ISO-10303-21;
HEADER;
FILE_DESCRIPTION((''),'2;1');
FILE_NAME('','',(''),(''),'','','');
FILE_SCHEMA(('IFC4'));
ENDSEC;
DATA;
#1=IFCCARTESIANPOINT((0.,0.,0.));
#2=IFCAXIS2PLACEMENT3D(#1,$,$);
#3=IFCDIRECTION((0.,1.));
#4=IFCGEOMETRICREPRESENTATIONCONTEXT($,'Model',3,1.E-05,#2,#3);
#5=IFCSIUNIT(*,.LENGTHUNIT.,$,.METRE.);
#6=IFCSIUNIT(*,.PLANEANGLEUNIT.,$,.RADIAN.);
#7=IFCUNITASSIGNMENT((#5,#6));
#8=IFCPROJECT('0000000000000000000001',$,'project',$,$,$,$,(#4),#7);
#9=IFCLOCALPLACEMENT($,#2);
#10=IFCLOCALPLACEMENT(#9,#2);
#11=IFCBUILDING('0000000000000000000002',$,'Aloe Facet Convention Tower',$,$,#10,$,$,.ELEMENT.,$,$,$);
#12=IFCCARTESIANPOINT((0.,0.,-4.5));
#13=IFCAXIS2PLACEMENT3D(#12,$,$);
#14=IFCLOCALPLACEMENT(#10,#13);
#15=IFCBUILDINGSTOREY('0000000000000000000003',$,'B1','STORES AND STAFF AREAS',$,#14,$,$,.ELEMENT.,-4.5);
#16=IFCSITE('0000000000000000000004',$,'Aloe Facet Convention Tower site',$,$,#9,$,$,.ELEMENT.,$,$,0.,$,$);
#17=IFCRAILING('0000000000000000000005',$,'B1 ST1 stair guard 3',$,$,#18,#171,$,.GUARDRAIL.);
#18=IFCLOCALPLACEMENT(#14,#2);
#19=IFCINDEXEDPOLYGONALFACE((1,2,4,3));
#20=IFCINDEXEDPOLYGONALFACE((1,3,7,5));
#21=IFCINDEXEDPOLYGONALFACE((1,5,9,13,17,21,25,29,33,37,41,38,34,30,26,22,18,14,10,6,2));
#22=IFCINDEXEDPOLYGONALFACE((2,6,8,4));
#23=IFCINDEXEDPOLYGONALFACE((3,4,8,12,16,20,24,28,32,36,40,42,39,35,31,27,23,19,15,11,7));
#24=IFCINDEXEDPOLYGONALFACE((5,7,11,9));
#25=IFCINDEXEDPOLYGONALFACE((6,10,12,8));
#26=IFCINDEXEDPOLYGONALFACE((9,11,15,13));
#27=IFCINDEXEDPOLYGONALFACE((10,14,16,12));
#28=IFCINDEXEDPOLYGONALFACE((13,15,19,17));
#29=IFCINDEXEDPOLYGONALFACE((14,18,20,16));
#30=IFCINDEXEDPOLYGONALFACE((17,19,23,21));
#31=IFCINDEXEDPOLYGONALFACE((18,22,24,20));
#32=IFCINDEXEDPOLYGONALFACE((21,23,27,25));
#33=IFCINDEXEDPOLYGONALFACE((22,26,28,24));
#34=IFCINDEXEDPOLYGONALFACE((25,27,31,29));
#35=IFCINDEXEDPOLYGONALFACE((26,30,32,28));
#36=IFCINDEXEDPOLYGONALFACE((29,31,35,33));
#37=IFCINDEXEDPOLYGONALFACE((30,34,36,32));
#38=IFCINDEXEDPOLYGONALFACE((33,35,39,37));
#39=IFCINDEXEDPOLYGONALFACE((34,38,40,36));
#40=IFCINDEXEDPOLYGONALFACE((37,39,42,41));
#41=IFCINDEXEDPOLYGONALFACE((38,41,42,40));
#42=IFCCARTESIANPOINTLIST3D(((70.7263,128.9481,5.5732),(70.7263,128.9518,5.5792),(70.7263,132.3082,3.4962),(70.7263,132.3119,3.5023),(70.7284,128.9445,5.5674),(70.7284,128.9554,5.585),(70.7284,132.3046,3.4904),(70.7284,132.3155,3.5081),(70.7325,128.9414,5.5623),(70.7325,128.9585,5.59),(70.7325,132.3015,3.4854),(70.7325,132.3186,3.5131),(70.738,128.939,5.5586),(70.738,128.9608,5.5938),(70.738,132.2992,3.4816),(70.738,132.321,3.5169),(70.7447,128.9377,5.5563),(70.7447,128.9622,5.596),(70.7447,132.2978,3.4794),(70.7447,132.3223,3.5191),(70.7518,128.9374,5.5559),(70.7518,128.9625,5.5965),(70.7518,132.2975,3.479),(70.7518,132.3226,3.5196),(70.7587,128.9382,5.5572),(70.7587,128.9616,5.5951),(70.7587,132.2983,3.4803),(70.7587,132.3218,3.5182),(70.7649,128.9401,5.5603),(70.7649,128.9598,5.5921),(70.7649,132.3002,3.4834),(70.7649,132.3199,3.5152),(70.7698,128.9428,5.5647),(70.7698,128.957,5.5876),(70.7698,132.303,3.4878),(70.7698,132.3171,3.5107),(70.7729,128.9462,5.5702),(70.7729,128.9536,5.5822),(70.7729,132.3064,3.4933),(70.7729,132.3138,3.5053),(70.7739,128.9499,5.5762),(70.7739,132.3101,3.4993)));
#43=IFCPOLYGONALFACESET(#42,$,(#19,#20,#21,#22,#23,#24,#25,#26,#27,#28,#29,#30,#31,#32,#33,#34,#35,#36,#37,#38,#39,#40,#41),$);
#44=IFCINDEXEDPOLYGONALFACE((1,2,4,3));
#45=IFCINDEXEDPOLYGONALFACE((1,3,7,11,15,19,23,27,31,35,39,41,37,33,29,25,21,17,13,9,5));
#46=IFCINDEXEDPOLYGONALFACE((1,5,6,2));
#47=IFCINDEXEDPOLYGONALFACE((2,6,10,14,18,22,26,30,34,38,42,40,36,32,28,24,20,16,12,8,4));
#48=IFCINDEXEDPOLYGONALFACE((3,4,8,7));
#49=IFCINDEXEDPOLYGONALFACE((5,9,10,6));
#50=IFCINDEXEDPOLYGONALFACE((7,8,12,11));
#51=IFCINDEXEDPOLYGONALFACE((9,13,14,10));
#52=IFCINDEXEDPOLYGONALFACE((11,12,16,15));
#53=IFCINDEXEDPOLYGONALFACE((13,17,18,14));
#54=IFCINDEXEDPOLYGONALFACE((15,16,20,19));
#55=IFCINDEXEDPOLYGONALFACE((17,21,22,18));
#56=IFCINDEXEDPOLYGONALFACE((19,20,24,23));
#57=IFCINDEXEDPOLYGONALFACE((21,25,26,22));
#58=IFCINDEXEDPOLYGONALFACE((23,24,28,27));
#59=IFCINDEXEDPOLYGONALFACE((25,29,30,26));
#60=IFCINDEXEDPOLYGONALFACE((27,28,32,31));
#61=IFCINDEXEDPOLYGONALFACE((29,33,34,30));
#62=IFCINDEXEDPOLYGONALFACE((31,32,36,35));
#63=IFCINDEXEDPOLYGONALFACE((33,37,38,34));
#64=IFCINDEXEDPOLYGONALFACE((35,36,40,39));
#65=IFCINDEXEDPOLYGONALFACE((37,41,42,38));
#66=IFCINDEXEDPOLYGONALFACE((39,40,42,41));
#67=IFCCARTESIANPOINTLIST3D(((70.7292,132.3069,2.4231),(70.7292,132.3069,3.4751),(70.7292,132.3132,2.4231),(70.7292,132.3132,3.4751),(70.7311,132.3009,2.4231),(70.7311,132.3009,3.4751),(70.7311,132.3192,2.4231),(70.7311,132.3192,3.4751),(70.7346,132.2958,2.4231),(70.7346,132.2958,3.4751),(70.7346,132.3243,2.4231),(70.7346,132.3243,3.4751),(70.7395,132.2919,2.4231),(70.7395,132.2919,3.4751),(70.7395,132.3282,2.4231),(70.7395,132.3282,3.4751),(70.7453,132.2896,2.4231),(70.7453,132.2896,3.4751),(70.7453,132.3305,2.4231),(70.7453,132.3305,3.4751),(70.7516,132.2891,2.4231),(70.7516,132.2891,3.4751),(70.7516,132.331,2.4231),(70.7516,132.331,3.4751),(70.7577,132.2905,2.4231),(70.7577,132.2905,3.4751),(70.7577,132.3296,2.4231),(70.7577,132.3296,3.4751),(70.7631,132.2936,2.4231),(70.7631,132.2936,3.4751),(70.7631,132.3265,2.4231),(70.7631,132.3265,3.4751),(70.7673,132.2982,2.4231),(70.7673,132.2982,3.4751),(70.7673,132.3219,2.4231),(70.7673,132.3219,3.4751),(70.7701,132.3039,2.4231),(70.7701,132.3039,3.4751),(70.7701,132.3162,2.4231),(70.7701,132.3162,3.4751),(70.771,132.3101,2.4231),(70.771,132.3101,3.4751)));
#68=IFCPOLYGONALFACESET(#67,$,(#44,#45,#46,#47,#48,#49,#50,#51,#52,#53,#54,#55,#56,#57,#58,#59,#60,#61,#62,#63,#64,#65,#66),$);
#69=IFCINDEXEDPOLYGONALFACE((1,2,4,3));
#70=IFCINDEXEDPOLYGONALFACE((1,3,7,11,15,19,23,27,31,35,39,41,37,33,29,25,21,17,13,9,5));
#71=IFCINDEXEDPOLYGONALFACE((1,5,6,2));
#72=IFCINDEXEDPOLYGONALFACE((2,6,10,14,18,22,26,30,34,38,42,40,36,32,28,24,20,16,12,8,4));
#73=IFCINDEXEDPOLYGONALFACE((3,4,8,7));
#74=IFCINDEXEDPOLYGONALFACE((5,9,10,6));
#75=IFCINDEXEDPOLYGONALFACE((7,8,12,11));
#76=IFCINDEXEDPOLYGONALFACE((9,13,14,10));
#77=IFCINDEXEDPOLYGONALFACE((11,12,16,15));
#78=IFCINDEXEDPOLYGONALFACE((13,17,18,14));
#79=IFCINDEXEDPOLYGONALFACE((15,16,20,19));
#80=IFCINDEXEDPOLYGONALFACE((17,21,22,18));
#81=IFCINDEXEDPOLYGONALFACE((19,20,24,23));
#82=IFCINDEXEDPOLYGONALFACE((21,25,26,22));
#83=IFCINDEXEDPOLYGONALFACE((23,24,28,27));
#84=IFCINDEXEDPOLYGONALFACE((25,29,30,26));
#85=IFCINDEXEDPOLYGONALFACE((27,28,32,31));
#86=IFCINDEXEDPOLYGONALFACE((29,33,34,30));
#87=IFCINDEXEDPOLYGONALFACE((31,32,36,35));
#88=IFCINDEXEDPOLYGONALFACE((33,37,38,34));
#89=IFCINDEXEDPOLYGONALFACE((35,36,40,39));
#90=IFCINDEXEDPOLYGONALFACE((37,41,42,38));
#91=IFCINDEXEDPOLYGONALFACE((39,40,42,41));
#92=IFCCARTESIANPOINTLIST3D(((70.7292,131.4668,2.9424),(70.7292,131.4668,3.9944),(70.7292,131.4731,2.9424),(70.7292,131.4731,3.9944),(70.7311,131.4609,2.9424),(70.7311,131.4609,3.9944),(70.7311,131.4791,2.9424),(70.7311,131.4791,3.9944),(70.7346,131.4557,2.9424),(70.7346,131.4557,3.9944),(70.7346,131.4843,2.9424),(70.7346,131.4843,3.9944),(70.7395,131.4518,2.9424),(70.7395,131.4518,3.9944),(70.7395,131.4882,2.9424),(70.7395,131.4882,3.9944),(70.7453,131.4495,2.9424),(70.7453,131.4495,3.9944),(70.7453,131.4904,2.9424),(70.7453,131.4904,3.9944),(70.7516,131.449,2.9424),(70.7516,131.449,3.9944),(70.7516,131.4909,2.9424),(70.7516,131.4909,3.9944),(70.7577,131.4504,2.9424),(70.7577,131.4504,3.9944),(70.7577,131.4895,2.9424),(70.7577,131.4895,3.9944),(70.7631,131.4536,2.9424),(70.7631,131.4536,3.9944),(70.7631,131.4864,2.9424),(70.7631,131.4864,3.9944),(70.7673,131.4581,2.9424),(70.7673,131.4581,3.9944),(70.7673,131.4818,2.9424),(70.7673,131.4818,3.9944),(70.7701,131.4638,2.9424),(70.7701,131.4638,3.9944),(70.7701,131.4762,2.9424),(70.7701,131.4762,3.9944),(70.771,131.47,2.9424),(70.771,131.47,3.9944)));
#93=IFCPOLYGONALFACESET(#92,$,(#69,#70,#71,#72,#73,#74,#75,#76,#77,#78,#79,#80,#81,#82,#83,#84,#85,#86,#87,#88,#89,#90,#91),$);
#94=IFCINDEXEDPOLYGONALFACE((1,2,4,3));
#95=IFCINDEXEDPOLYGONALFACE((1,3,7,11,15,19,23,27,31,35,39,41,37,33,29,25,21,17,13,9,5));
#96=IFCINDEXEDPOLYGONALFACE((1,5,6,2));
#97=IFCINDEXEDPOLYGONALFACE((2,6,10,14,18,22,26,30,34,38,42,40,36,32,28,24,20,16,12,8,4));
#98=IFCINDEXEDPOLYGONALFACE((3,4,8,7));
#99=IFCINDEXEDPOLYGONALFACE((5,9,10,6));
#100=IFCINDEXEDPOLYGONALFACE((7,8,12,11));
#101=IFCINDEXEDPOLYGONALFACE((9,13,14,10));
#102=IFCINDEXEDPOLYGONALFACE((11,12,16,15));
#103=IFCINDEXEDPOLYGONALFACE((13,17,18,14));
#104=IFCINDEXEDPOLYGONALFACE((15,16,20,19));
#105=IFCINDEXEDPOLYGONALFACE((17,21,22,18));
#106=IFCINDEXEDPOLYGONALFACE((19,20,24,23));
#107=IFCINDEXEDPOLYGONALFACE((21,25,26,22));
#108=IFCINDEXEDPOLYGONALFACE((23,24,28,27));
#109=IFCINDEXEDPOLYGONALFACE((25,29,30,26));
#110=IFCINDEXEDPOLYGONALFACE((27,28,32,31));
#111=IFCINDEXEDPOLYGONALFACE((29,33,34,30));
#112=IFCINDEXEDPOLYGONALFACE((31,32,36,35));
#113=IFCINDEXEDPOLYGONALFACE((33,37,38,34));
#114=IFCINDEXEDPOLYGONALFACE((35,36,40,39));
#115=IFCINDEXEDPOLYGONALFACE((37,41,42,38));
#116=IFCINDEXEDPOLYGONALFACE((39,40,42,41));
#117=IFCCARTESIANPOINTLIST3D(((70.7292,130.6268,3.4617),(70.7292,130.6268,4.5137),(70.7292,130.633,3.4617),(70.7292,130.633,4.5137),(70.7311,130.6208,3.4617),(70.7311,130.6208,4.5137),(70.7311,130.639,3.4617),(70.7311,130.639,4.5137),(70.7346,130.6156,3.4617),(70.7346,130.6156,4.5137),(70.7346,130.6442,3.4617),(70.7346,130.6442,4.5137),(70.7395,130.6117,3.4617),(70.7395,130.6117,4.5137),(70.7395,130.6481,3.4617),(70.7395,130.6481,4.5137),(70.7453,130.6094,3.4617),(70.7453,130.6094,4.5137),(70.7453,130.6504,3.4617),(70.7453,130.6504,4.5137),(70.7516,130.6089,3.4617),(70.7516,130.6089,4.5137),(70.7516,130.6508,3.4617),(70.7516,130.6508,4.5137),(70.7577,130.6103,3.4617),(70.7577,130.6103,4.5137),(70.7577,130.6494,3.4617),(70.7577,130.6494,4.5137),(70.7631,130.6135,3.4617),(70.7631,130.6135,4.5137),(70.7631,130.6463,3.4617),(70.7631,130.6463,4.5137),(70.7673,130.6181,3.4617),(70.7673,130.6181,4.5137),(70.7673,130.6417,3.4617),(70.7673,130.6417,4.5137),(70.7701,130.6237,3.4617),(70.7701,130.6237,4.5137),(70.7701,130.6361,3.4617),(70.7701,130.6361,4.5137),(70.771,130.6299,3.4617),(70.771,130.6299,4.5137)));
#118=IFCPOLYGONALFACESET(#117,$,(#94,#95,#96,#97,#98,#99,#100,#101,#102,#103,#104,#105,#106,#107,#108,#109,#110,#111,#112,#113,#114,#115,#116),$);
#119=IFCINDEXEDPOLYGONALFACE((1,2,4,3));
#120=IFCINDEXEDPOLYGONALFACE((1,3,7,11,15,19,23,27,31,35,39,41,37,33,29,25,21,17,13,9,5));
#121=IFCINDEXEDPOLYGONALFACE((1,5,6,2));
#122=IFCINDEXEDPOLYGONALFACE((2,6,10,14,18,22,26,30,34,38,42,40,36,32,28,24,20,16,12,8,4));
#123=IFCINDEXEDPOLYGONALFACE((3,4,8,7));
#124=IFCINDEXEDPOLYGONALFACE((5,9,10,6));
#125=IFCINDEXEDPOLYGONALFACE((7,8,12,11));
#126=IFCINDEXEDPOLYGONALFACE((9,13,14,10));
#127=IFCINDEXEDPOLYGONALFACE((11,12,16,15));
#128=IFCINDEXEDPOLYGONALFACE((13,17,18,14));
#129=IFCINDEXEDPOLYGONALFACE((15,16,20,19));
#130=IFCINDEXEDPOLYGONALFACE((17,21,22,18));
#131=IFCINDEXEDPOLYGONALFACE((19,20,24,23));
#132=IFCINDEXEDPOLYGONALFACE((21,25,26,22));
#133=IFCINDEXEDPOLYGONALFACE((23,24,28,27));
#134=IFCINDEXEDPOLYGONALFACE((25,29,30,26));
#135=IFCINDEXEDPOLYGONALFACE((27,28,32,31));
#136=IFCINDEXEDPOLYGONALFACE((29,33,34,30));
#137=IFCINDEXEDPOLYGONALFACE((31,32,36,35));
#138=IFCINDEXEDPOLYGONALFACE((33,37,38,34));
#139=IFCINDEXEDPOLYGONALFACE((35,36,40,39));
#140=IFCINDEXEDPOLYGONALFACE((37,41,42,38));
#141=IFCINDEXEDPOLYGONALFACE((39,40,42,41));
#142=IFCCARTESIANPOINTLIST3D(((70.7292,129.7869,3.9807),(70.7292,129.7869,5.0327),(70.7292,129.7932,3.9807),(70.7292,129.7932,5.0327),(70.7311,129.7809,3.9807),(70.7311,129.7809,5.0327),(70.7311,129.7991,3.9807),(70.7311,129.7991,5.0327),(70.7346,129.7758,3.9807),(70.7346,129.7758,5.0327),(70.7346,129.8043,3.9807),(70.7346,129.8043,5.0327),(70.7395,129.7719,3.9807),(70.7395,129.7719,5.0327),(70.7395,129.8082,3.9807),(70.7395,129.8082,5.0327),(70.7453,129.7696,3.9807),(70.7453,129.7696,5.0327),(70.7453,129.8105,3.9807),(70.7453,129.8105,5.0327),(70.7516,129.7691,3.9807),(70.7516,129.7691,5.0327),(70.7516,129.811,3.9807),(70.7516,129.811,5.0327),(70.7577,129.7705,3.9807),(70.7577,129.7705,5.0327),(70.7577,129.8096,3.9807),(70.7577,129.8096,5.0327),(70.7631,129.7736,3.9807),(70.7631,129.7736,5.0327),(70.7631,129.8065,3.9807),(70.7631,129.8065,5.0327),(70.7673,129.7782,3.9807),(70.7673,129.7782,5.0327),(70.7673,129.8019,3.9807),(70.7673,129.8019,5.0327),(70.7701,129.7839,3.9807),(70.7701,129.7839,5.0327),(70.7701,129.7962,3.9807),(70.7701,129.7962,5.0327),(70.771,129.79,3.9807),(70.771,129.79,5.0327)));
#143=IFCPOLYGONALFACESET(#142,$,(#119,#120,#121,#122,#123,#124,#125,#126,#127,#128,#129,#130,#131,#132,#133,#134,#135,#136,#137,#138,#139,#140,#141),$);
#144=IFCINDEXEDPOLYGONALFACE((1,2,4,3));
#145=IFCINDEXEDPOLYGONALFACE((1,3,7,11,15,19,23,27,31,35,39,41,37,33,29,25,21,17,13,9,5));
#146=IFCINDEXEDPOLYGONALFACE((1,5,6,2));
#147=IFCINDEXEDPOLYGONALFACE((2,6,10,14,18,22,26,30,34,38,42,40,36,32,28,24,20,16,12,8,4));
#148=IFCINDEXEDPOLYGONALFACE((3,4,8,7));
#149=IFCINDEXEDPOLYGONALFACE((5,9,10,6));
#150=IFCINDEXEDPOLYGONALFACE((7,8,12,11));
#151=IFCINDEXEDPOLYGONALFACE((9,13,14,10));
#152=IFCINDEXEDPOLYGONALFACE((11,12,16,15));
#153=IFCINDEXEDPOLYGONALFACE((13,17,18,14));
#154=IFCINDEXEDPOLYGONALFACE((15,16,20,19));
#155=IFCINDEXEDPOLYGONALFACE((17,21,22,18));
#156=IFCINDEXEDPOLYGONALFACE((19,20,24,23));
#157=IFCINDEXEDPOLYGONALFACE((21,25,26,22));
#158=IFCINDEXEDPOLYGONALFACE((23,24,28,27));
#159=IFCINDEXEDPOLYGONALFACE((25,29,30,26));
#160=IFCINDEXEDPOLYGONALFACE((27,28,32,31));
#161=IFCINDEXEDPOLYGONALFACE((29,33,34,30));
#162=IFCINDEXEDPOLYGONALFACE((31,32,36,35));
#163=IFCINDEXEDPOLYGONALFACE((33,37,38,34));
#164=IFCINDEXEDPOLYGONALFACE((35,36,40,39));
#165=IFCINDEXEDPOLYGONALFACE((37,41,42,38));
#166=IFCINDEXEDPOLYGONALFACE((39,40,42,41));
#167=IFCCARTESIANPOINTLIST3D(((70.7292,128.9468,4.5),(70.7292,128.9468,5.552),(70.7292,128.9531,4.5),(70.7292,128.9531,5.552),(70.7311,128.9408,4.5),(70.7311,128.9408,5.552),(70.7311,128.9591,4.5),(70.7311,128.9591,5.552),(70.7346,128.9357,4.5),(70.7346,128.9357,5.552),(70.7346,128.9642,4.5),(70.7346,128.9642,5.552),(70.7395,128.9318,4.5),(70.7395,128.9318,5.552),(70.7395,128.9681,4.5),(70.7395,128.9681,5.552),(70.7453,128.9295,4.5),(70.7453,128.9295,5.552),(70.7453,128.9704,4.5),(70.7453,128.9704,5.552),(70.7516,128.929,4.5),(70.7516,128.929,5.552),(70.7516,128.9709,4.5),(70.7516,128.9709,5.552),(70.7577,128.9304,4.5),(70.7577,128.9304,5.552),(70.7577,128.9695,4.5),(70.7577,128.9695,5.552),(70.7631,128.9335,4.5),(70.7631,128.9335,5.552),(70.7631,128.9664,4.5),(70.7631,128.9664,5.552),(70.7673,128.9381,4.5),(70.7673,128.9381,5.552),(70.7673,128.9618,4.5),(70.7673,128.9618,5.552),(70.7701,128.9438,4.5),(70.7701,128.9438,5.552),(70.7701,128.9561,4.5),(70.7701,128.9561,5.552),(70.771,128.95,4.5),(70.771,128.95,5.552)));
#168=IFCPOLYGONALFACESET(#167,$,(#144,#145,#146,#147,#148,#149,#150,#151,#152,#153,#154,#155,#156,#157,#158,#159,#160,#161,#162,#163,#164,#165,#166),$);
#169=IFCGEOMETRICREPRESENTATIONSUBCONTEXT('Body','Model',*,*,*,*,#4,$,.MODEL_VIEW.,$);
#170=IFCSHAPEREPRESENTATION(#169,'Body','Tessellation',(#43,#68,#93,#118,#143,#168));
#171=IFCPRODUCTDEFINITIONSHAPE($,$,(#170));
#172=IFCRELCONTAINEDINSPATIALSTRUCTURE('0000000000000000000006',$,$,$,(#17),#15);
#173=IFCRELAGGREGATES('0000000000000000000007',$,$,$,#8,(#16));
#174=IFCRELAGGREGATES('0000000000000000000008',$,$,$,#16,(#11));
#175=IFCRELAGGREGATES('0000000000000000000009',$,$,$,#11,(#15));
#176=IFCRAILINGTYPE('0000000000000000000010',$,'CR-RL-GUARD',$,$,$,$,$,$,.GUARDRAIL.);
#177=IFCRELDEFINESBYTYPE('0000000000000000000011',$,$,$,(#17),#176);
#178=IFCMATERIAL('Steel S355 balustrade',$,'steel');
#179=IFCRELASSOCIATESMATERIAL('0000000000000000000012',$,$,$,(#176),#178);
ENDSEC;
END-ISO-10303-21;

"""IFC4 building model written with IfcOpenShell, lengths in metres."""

from ifc_helpers import new_model, si_unit, direction, frame, origin, origin_2d, place, context, subcontext, project, spatial, circle, extrude, material, type_object, element, save


model = new_model("IFC4")

# Units and contexts
model_context = context("Model", 3, precision=1e-05, world=origin(), true_north=direction((0.0, 1.0)))
body_context = subcontext(model_context, "Body", "Model", "MODEL_VIEW")
ifc_project = project(units=[si_unit("LENGTHUNIT", "METRE"), si_unit("PLANEANGLEUNIT", "RADIAN")], contexts=[model_context])

# Site, building, storey
site_placement = place(None, origin())
site = spatial("IfcSite", under=ifc_project, at=site_placement, Name="Aloe Facet Convention Tower site", CompositionType="ELEMENT", RefElevation=0.0)
building_placement = place(site_placement, origin())
building = spatial("IfcBuilding", under=site, at=building_placement, Name="Aloe Facet Convention Tower", CompositionType="ELEMENT")
storey_placement = place(building_placement, frame((0.0, 0.0, -4.5)))
storey = spatial("IfcBuildingStorey", under=building, at=storey_placement, Name="B1", Description="STORES AND STAFF AREAS", CompositionType="ELEMENT", Elevation=-4.5)

# Railing
ifc_material_1 = material(Name="Steel S355 balustrade", Category="steel")
railing_type_1 = type_object("IfcRailingType", Name="CR-RL-GUARD", PredefinedType="GUARDRAIL", material=ifc_material_1)
railing_1_placement = place(storey_placement, frame((70.75, 132.3101, 2.4231)))
element("IfcRailing", 1, at=railing_1_placement, inside=storey, type_object=railing_type_1, Name="B1 ST1 stair guard 3", PredefinedType="GUARDRAIL", context=body_context, shape_type="SweptSolid", body=[
    extrude(circle(Radius=0.0239, at=origin_2d()), frame((0.0, 0.0, 1.0762), z_axis=(0.0, -0.850623, 0.525776), x_axis=(1.0, 0.0, 0.0)), (0.0, 0.0, 1.0), 3.9502),
    extrude(circle(Radius=0.021, at=origin_2d()), origin(), (0.0, 0.0, 1.0), 1.052),
    extrude(circle(Radius=0.021, at=origin_2d()), frame((0.0, -0.8401, 0.5193)), (0.0, 0.0, 1.0), 1.052),
    extrude(circle(Radius=0.021, at=origin_2d()), frame((0.0, -1.6802, 1.0386)), (0.0, 0.0, 1.0), 1.052),
    extrude(circle(Radius=0.021, at=origin_2d()), frame((0.0, -2.52, 1.5576)), (0.0, 0.0, 1.0), 1.052),
    extrude(circle(Radius=0.021, at=origin_2d()), frame((0.0, -3.3601, 2.0769)), (0.0, 0.0, 1.0), 1.052),
])

save(model, "model.ifc")
